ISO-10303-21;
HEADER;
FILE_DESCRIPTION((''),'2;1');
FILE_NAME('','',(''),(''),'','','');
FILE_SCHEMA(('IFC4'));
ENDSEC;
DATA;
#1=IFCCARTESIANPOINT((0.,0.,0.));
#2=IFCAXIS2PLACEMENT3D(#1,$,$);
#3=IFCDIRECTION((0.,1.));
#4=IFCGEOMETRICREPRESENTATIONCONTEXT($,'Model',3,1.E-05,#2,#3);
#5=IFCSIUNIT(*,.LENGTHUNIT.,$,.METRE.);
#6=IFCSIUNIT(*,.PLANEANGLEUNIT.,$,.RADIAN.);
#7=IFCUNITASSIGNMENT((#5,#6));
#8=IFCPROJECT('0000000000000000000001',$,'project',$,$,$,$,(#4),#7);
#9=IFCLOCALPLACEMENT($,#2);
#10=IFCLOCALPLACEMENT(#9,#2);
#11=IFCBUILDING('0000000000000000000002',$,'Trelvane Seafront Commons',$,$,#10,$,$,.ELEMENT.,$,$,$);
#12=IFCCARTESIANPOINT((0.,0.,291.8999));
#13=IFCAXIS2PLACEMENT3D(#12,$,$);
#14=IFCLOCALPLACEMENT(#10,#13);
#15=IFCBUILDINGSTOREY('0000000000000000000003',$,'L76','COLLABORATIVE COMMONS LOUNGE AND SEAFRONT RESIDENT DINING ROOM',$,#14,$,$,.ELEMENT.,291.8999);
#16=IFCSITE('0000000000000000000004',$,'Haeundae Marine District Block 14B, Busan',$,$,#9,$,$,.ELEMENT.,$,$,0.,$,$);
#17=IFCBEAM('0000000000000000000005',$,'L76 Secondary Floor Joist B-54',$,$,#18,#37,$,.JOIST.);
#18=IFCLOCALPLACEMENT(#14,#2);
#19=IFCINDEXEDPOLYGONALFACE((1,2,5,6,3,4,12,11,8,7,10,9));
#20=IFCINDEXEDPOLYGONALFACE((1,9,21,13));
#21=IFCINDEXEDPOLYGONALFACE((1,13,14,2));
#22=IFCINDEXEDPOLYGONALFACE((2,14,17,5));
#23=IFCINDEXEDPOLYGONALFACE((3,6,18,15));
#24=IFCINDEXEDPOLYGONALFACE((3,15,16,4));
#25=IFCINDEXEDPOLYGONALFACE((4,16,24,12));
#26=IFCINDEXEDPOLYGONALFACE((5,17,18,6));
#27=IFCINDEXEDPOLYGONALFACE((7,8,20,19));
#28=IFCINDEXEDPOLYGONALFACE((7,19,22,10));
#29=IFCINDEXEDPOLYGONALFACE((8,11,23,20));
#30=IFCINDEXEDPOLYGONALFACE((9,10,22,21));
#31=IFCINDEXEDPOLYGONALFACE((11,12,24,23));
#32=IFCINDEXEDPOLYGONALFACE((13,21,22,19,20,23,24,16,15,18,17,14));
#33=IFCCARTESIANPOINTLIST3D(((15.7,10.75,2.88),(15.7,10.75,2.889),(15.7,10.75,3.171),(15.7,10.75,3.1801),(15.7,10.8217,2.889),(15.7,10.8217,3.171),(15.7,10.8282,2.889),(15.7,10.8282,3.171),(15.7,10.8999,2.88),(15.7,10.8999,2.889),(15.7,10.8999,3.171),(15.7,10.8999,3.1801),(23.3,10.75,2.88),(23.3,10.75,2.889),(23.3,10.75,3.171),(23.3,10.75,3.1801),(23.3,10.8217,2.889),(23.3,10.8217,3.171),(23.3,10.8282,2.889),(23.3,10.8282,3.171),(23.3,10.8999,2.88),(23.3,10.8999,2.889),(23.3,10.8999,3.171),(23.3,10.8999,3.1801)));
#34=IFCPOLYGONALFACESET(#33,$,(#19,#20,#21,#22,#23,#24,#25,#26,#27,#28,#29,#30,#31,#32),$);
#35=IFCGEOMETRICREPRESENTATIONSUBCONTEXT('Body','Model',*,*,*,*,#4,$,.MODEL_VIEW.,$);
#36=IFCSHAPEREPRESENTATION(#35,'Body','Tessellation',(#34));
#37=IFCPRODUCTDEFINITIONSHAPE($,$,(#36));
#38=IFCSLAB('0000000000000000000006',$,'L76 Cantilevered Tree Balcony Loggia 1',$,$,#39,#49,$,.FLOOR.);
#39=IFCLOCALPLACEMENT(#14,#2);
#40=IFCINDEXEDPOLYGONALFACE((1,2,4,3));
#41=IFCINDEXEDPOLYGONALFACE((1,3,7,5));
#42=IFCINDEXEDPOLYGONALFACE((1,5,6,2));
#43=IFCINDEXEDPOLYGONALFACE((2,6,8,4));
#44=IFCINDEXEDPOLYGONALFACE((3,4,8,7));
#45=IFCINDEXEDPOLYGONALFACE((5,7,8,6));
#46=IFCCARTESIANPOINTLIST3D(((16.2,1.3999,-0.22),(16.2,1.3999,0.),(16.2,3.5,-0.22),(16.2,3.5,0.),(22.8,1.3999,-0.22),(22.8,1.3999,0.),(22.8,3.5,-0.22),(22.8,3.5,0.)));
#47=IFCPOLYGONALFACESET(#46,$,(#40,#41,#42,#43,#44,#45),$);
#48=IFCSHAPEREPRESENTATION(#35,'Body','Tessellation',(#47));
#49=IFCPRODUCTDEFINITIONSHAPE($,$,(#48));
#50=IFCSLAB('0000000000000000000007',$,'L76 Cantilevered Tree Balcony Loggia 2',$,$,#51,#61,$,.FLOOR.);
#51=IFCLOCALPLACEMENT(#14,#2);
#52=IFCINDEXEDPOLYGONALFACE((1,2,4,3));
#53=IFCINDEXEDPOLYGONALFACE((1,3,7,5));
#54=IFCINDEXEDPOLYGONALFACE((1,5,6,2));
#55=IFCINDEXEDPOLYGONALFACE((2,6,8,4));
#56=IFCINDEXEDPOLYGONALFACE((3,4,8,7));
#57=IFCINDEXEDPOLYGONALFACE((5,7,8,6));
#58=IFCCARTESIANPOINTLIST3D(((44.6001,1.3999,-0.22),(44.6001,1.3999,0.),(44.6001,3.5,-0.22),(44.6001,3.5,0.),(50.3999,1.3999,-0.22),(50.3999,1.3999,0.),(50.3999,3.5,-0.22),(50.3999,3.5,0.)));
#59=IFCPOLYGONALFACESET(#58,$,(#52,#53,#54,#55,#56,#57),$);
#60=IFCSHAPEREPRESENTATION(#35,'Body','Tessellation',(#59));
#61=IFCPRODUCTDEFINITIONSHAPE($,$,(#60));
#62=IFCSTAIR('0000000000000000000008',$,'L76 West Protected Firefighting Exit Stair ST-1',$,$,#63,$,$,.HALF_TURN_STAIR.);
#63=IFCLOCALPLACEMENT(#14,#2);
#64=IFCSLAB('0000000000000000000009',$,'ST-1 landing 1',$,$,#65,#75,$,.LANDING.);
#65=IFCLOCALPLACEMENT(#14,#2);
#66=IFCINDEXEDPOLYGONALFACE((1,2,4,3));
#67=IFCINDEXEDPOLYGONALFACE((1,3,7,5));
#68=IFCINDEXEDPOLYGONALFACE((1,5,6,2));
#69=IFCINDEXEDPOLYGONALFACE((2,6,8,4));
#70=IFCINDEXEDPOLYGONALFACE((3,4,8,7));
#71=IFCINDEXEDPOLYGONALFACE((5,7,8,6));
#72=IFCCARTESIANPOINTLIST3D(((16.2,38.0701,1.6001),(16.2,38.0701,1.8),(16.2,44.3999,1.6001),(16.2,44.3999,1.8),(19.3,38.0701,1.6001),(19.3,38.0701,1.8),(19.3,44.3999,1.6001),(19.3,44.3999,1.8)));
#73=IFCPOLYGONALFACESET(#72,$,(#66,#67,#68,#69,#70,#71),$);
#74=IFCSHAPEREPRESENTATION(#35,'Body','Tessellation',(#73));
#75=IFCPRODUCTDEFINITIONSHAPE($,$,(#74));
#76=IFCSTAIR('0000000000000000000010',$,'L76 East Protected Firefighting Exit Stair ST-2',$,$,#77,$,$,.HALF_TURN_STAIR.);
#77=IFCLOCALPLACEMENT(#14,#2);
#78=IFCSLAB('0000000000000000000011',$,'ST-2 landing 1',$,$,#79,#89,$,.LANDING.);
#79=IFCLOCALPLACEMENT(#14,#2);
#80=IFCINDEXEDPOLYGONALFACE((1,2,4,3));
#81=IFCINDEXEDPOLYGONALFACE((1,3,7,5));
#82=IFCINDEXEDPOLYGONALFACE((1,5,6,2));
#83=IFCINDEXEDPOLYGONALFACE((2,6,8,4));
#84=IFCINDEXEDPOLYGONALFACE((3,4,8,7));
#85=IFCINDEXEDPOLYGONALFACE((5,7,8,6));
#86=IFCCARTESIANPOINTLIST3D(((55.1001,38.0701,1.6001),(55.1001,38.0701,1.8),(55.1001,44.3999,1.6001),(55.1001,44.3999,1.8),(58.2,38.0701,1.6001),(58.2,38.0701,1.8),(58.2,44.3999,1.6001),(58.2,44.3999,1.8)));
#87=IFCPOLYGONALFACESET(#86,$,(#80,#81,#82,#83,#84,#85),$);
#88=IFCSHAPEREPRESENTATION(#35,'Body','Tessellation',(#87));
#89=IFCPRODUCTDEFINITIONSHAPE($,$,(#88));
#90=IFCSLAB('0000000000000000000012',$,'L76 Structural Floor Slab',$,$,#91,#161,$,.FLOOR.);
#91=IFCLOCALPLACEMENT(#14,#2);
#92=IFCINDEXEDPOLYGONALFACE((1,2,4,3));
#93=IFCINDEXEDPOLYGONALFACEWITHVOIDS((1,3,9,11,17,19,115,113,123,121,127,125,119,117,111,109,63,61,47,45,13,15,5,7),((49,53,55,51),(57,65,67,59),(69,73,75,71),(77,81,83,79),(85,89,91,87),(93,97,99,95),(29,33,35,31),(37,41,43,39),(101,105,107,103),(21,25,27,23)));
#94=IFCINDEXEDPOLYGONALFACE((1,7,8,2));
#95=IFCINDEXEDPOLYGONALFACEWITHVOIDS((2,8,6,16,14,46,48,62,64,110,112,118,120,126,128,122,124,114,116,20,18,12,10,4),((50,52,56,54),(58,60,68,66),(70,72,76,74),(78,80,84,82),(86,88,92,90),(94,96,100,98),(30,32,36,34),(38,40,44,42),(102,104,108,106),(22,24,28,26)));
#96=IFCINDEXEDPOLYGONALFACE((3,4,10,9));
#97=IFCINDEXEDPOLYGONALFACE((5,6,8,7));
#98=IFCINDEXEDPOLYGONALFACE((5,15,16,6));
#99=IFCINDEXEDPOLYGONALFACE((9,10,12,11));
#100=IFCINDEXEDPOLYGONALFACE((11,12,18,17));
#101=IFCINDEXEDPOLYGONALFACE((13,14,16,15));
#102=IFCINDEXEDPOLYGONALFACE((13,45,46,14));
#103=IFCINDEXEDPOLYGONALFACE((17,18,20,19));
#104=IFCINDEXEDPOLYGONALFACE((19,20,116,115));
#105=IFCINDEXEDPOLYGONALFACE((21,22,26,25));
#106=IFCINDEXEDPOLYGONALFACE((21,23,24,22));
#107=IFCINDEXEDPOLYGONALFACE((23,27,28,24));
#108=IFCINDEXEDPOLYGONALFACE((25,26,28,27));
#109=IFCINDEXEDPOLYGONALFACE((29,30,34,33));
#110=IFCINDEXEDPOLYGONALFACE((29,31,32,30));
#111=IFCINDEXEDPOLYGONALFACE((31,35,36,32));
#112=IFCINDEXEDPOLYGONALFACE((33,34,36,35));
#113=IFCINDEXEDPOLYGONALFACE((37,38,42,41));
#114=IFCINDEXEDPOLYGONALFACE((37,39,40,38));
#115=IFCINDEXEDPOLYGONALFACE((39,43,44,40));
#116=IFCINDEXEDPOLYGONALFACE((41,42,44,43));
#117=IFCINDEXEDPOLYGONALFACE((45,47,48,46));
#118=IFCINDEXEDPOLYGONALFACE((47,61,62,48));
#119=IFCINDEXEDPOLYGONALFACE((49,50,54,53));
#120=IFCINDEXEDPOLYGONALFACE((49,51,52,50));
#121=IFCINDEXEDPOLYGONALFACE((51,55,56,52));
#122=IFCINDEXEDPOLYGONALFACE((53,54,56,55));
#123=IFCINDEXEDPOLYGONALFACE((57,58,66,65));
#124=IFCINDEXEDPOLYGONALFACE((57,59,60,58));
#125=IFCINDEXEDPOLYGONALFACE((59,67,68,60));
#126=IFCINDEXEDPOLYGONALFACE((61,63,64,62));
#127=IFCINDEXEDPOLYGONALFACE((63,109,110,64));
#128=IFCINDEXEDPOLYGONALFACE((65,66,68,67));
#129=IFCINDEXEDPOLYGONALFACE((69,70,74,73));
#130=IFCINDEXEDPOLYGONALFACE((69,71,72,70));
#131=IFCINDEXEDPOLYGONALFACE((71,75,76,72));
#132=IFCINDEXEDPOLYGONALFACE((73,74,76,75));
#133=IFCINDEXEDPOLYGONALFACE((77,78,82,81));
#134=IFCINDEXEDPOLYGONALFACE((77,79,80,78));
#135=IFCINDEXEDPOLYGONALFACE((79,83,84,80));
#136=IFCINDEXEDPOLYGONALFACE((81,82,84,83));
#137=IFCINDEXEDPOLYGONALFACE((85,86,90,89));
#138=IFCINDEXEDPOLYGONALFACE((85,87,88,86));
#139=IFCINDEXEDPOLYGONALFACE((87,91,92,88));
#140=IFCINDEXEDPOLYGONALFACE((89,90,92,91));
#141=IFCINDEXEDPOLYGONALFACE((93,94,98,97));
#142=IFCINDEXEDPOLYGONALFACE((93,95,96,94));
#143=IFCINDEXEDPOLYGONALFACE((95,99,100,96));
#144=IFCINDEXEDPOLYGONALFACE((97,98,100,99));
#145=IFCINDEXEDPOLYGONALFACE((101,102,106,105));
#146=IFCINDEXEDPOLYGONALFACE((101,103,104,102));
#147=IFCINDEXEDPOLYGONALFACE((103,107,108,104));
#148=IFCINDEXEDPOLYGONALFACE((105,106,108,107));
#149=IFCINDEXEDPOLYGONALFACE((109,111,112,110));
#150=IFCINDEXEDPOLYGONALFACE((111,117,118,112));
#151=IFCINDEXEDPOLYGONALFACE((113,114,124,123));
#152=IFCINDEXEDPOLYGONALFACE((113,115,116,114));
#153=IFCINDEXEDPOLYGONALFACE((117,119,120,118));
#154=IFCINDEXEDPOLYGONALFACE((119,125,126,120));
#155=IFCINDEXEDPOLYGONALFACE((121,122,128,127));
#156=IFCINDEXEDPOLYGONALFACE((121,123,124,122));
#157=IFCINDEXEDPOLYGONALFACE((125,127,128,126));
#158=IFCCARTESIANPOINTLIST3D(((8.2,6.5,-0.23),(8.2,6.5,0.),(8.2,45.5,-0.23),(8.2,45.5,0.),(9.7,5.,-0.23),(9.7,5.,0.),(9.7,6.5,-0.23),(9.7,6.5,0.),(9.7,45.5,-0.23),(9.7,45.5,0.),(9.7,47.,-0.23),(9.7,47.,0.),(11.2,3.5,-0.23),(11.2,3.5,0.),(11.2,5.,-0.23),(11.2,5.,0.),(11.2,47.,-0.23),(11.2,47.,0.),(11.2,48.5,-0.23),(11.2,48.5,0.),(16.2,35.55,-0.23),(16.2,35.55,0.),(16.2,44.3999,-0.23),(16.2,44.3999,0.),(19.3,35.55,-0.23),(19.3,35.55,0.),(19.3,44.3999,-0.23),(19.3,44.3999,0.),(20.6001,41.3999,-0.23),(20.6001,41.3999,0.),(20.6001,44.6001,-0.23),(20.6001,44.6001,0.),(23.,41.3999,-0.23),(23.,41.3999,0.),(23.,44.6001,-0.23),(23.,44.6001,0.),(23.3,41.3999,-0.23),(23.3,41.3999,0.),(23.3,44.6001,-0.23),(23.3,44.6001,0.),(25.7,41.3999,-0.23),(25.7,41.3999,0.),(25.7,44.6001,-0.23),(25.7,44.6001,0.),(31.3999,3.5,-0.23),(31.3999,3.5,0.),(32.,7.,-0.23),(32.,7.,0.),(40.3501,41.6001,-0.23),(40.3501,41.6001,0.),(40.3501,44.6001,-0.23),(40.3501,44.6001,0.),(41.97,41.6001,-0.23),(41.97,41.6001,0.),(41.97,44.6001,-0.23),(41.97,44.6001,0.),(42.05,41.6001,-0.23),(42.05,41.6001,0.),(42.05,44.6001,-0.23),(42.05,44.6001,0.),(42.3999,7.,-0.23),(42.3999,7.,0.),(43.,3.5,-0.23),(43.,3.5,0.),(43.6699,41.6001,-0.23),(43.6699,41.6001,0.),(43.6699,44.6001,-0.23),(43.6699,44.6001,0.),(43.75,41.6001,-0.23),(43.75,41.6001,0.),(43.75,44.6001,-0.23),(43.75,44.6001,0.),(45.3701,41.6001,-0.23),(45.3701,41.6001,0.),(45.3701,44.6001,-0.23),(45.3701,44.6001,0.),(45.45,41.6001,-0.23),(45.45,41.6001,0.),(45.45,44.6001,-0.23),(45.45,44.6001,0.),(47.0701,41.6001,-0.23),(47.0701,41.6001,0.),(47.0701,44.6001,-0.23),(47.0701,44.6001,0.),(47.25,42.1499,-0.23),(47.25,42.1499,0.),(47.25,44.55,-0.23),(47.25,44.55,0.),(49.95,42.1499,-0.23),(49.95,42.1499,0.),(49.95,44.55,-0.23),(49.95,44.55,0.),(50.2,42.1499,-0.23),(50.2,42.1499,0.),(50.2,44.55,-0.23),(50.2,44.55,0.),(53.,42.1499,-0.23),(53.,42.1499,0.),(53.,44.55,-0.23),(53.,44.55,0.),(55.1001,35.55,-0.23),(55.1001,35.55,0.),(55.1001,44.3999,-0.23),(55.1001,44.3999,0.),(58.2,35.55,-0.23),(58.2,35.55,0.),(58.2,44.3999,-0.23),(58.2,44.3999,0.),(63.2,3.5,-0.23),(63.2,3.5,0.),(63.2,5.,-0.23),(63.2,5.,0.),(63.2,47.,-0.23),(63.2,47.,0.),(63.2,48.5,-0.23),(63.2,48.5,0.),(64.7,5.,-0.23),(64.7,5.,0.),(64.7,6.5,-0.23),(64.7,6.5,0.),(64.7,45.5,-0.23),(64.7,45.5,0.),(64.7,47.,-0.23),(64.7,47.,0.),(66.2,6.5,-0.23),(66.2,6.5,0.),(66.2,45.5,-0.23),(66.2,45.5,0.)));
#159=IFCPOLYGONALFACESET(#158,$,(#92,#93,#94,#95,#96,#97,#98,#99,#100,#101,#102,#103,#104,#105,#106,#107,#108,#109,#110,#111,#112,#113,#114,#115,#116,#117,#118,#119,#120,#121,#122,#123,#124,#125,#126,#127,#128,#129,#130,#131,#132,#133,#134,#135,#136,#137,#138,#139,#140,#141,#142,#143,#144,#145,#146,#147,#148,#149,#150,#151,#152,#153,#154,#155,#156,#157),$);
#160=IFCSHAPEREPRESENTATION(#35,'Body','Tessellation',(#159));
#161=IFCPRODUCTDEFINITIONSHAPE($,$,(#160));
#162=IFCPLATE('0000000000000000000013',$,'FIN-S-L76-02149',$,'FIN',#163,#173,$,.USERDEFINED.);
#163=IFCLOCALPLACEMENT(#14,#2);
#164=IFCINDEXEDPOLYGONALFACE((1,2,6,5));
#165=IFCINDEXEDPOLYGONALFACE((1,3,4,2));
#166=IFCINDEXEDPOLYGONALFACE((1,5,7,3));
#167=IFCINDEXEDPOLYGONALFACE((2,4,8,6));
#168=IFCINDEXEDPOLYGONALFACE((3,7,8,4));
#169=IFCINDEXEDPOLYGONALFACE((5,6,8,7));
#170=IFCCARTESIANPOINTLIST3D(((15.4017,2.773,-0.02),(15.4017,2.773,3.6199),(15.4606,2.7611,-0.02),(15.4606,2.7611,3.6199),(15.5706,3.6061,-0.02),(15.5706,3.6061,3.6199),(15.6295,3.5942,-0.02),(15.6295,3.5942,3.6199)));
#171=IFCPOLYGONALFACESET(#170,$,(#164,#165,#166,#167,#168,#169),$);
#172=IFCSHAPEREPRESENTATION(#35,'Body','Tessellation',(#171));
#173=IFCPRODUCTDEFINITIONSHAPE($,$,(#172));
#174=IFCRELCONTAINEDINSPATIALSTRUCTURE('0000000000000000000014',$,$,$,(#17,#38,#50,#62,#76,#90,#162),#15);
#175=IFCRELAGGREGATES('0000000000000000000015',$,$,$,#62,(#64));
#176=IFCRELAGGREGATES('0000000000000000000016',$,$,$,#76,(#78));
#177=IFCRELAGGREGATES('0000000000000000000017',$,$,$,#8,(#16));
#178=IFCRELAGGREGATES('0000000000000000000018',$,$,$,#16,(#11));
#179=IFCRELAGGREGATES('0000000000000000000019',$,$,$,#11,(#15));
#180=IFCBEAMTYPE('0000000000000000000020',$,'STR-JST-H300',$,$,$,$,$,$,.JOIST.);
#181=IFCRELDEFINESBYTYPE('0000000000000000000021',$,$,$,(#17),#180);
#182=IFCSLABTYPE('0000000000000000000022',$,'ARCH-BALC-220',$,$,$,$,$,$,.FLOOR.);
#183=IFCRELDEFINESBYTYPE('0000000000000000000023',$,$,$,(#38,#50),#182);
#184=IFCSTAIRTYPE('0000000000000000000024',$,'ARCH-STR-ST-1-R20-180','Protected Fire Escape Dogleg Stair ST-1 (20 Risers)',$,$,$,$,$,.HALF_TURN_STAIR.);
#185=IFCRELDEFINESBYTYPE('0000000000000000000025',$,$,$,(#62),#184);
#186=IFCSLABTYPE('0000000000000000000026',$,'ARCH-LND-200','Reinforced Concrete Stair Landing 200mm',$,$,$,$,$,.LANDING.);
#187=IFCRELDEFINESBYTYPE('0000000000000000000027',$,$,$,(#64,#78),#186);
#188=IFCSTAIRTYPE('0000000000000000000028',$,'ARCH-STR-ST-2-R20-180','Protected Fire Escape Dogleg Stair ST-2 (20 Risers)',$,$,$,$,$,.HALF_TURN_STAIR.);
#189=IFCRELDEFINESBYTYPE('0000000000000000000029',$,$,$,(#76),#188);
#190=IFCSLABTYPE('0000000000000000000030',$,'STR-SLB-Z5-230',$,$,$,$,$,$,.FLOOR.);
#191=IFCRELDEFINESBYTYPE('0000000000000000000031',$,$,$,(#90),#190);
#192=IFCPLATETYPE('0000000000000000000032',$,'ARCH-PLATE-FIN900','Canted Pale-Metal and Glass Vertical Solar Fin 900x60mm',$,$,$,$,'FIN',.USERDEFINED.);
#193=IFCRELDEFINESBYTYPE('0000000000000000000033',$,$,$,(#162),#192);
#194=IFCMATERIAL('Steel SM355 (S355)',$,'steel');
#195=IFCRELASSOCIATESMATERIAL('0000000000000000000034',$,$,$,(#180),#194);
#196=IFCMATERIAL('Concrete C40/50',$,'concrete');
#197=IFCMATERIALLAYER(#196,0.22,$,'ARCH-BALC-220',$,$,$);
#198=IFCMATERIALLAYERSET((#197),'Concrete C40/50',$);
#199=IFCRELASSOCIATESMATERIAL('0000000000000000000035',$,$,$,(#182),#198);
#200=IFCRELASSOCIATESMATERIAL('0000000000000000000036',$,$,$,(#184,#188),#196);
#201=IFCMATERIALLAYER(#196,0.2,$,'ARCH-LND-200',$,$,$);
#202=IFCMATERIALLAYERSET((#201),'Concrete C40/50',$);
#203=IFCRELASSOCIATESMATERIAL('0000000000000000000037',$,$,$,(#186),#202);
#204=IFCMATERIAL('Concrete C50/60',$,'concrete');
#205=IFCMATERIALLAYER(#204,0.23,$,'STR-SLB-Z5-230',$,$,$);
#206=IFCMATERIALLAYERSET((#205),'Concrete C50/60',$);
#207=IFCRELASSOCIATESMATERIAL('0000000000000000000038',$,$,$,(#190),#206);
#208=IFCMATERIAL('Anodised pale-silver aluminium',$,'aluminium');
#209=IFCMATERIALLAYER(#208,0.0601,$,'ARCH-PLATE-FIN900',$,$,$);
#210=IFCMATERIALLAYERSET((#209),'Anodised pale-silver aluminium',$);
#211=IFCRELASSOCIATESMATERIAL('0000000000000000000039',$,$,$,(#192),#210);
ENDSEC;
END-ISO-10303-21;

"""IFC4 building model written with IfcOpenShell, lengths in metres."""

from ifc_helpers import new_model, si_unit, direction, frame, origin, origin_2d, place, context, subcontext, project, spatial, polyline, rectangle, i_section, outline, extrude, source, transform, mapped, material, layer, layer_set, material_profile, profile_set, type_object, element, aggregate, save


model = new_model("IFC4")

# Units and contexts
model_context = context("Model", 3, precision=1e-05, world=origin(), true_north=direction((0.0, 1.0)))
body_context = subcontext(model_context, "Body", "Model", "MODEL_VIEW")
ifc_project = project(units=[si_unit("LENGTHUNIT", "METRE"), si_unit("PLANEANGLEUNIT", "RADIAN")], contexts=[model_context])

# Site, building, storey
site_placement = place(None, origin())
site = spatial("IfcSite", under=ifc_project, at=site_placement, Name="Haeundae Marine District Block 14B, Busan", CompositionType="ELEMENT", RefElevation=0.0)
building_placement = place(site_placement, origin())
building = spatial("IfcBuilding", under=site, at=building_placement, Name="Trelvane Seafront Commons", CompositionType="ELEMENT")
storey_placement = place(building_placement, frame((0.0, 0.0, 291.8999)))
storey = spatial("IfcBuildingStorey", under=building, at=storey_placement, Name="L76", Description="COLLABORATIVE COMMONS LOUNGE AND SEAFRONT RESIDENT DINING ROOM", CompositionType="ELEMENT", Elevation=291.8999)

# Shared definitions
ifc_material_1 = material(Name="Steel SM355 (S355)", Category="steel")

# Beam
ifc_material_profile_1 = material_profile(ifc_material_1, i_section(OverallWidth=0.1499, OverallDepth=0.3, WebThickness=0.0066, FlangeThickness=0.009, at=origin_2d()), Name="H-300x150x6.5x9")
ifc_profile_set_1 = profile_set([ifc_material_profile_1], Name="Steel SM355 (S355)")
beam_type_1 = type_object("IfcBeamType", Name="STR-JST-H300", PredefinedType="JOIST", material=ifc_profile_set_1)
shared_shape_1 = source(origin(), body_context, "Body", "SweptSolid", [
    extrude(i_section(OverallWidth=0.1499, OverallDepth=0.3, WebThickness=0.0066, FlangeThickness=0.009, at=origin_2d()), origin(), (0.0, 0.0, 1.0), 7.6001),
])
beam_1_placement = place(storey_placement, frame((15.7, 10.825, 3.03), z_axis=(1.0, 0.0, 0.0), x_axis=(0.0, 1.0, 0.0)))
element("IfcBeam", 1, at=beam_1_placement, inside=storey, type_object=beam_type_1, Name="L76 Secondary Floor Joist B-54", PredefinedType="JOIST", context=body_context, shape_type="MappedRepresentation", body=[
    mapped(shared_shape_1, transform((0.0, 0.0, 0.0), x_axis=(1.0, 0.0, 0.0), y_axis=(0.0, 1.0, 0.0), z_axis=(0.0, 0.0, 1.0), scale=1.0)),
])

# Slabs
ifc_material_2 = material(Name="Concrete C40/50", Category="concrete")
ifc_layer_1 = layer(ifc_material_2, 0.22, Name="ARCH-BALC-220")
ifc_layer_set_1 = layer_set([ifc_layer_1], Name="Concrete C40/50")
slab_type_1 = type_object("IfcSlabType", Name="ARCH-BALC-220", PredefinedType="FLOOR", material=ifc_layer_set_1)
slab_1_placement = place(storey_placement, frame((0.0, 0.0, -0.22)))
element("IfcSlab", 2, at=slab_1_placement, inside=storey, type_object=slab_type_1, Name="L76 Cantilevered Tree Balcony Loggia 1", PredefinedType="FLOOR", context=body_context, shape_type="SweptSolid", body=[
    extrude(outline(polyline([(16.2, 1.3999), (22.8, 1.3999), (22.8, 3.5), (16.2, 3.5), (16.2, 1.3999)])), origin(), (0.0, 0.0, 1.0), 0.22),
])
slab_2_placement = place(storey_placement, frame((0.0, 0.0, -0.22)))
element("IfcSlab", 3, at=slab_2_placement, inside=storey, type_object=slab_type_1, Name="L76 Cantilevered Tree Balcony Loggia 2", PredefinedType="FLOOR", context=body_context, shape_type="SweptSolid", body=[
    extrude(outline(polyline([(44.6001, 1.3999), (50.3999, 1.3999), (50.3999, 3.5), (44.6001, 3.5), (44.6001, 1.3999)])), origin(), (0.0, 0.0, 1.0), 0.22),
])

# Stairs, slabs
stair_type_1 = type_object("IfcStairType", Name="ARCH-STR-ST-1-R20-180", Description="Protected Fire Escape Dogleg Stair ST-1 (20 Risers)", PredefinedType="HALF_TURN_STAIR", material=ifc_material_2)
stair_1_placement = place(storey_placement, origin())
stair_1 = element("IfcStair", 4, at=stair_1_placement, inside=storey, type_object=stair_type_1, Name="L76 West Protected Firefighting Exit Stair ST-1", PredefinedType="HALF_TURN_STAIR")
ifc_layer_2 = layer(ifc_material_2, 0.2, Name="ARCH-LND-200")
ifc_layer_set_2 = layer_set([ifc_layer_2], Name="Concrete C40/50")
slab_type_2 = type_object("IfcSlabType", Name="ARCH-LND-200", Description="Reinforced Concrete Stair Landing 200mm", PredefinedType="LANDING", material=ifc_layer_set_2)
slab_3_placement = place(storey_placement, frame((0.0, 0.0, 1.6001)))
slab_3 = element("IfcSlab", 5, at=slab_3_placement, type_object=slab_type_2, Name="ST-1 landing 1", PredefinedType="LANDING", context=body_context, shape_type="SweptSolid", body=[
    extrude(outline(polyline([(19.3, 38.0701), (19.3, 44.3999), (16.2, 44.3999), (16.2, 38.0701), (19.3, 38.0701)])), origin(), (0.0, 0.0, 1.0), 0.2),
])
aggregate(stair_1, [slab_3])
stair_type_2 = type_object("IfcStairType", Name="ARCH-STR-ST-2-R20-180", Description="Protected Fire Escape Dogleg Stair ST-2 (20 Risers)", PredefinedType="HALF_TURN_STAIR", material=ifc_material_2)
stair_2_placement = place(storey_placement, origin())
stair_2 = element("IfcStair", 6, at=stair_2_placement, inside=storey, type_object=stair_type_2, Name="L76 East Protected Firefighting Exit Stair ST-2", PredefinedType="HALF_TURN_STAIR")
slab_4_placement = place(storey_placement, frame((0.0, 0.0, 1.6001)))
slab_4 = element("IfcSlab", 7, at=slab_4_placement, type_object=slab_type_2, Name="ST-2 landing 1", PredefinedType="LANDING", context=body_context, shape_type="SweptSolid", body=[
    extrude(outline(polyline([(58.2, 38.0701), (58.2, 44.3999), (55.1001, 44.3999), (55.1001, 38.0701), (58.2, 38.0701)])), origin(), (0.0, 0.0, 1.0), 0.2),
])
aggregate(stair_2, [slab_4])

# Slab
ifc_material_3 = material(Name="Concrete C50/60", Category="concrete")
ifc_layer_3 = layer(ifc_material_3, 0.23, Name="STR-SLB-Z5-230")
ifc_layer_set_3 = layer_set([ifc_layer_3], Name="Concrete C50/60")
slab_type_3 = type_object("IfcSlabType", Name="STR-SLB-Z5-230", PredefinedType="FLOOR", material=ifc_layer_set_3)
slab_5_placement = place(storey_placement, frame((0.0, 0.0, -0.23)))
element("IfcSlab", 8, at=slab_5_placement, inside=storey, type_object=slab_type_3, Name="L76 Structural Floor Slab", PredefinedType="FLOOR", context=body_context, shape_type="SweptSolid", body=[
    extrude(outline(polyline([(11.2, 3.5), (31.3999, 3.5), (32.0, 7.0), (42.3999, 7.0), (43.0, 3.5), (63.2, 3.5), (63.2, 5.0), (64.7, 5.0), (64.7, 6.5), (66.2, 6.5), (66.2, 45.5), (64.7, 45.5), (64.7, 47.0), (63.2, 47.0), (63.2, 48.5), (11.2, 48.5), (11.2, 47.0), (9.7, 47.0), (9.7, 45.5), (8.2, 45.5), (8.2, 6.5), (9.7, 6.5), (9.7, 5.0), (11.2, 5.0), (11.2, 3.5)]), holes=[polyline([(19.3, 35.55), (16.2, 35.55), (16.2, 44.3999), (19.3, 44.3999), (19.3, 35.55)]), polyline([(58.2, 35.55), (55.1001, 35.55), (55.1001, 44.3999), (58.2, 44.3999), (58.2, 35.55)]), polyline([(23.0, 41.3999), (20.6001, 41.3999), (20.6001, 44.6001), (23.0, 44.6001), (23.0, 41.3999)]), polyline([(23.3, 41.3999), (23.3, 44.6001), (25.7, 44.6001), (25.7, 41.3999), (23.3, 41.3999)]), polyline([(40.3501, 41.6001), (40.3501, 44.6001), (41.97, 44.6001), (41.97, 41.6001), (40.3501, 41.6001)]), polyline([(43.6699, 41.6001), (42.05, 41.6001), (42.05, 44.6001), (43.6699, 44.6001), (43.6699, 41.6001)]), polyline([(45.3701, 41.6001), (43.75, 41.6001), (43.75, 44.6001), (45.3701, 44.6001), (45.3701, 41.6001)]), polyline([(47.0701, 41.6001), (45.45, 41.6001), (45.45, 44.6001), (47.0701, 44.6001), (47.0701, 41.6001)]), polyline([(47.25, 42.1499), (47.25, 44.55), (49.95, 44.55), (49.95, 42.1499), (47.25, 42.1499)]), polyline([(50.2, 42.1499), (50.2, 44.55), (53.0, 44.55), (53.0, 42.1499), (50.2, 42.1499)])]), origin(), (0.0, 0.0, 1.0), 0.23),
])

# Plate
ifc_material_4 = material(Name="Anodised pale-silver aluminium", Category="aluminium")
ifc_layer_4 = layer(ifc_material_4, 0.0601, Name="ARCH-PLATE-FIN900")
ifc_layer_set_4 = layer_set([ifc_layer_4], Name="Anodised pale-silver aluminium")
plate_type = type_object("IfcPlateType", Name="ARCH-PLATE-FIN900", Description="Canted Pale-Metal and Glass Vertical Solar Fin 900x60mm", ElementType="FIN", PredefinedType="USERDEFINED", material=ifc_layer_set_4)
shared_shape_2 = source(origin(), body_context, "Body", "SweptSolid", [
    extrude(rectangle(XDim=0.8501, YDim=0.0601, at=origin_2d()), origin(), (0.0, 0.0, 1.0), 3.6399),
])
plate_placement = place(storey_placement, frame((15.5156, 3.1836, -0.02), z_axis=(0.0, 0.0, 1.0), x_axis=(-0.198694, -0.980062, 0.0)))
element("IfcPlate", 9, at=plate_placement, inside=storey, type_object=plate_type, Name="FIN-S-L76-02149", ObjectType="FIN", PredefinedType="USERDEFINED", context=body_context, shape_type="MappedRepresentation", body=[
    mapped(shared_shape_2, transform((0.0, 0.0, 0.0), x_axis=(1.0, 0.0, 0.0), y_axis=(0.0, 1.0, 0.0), z_axis=(0.0, 0.0, 1.0), scale=1.0)),
])

save(model, "model.ifc")
